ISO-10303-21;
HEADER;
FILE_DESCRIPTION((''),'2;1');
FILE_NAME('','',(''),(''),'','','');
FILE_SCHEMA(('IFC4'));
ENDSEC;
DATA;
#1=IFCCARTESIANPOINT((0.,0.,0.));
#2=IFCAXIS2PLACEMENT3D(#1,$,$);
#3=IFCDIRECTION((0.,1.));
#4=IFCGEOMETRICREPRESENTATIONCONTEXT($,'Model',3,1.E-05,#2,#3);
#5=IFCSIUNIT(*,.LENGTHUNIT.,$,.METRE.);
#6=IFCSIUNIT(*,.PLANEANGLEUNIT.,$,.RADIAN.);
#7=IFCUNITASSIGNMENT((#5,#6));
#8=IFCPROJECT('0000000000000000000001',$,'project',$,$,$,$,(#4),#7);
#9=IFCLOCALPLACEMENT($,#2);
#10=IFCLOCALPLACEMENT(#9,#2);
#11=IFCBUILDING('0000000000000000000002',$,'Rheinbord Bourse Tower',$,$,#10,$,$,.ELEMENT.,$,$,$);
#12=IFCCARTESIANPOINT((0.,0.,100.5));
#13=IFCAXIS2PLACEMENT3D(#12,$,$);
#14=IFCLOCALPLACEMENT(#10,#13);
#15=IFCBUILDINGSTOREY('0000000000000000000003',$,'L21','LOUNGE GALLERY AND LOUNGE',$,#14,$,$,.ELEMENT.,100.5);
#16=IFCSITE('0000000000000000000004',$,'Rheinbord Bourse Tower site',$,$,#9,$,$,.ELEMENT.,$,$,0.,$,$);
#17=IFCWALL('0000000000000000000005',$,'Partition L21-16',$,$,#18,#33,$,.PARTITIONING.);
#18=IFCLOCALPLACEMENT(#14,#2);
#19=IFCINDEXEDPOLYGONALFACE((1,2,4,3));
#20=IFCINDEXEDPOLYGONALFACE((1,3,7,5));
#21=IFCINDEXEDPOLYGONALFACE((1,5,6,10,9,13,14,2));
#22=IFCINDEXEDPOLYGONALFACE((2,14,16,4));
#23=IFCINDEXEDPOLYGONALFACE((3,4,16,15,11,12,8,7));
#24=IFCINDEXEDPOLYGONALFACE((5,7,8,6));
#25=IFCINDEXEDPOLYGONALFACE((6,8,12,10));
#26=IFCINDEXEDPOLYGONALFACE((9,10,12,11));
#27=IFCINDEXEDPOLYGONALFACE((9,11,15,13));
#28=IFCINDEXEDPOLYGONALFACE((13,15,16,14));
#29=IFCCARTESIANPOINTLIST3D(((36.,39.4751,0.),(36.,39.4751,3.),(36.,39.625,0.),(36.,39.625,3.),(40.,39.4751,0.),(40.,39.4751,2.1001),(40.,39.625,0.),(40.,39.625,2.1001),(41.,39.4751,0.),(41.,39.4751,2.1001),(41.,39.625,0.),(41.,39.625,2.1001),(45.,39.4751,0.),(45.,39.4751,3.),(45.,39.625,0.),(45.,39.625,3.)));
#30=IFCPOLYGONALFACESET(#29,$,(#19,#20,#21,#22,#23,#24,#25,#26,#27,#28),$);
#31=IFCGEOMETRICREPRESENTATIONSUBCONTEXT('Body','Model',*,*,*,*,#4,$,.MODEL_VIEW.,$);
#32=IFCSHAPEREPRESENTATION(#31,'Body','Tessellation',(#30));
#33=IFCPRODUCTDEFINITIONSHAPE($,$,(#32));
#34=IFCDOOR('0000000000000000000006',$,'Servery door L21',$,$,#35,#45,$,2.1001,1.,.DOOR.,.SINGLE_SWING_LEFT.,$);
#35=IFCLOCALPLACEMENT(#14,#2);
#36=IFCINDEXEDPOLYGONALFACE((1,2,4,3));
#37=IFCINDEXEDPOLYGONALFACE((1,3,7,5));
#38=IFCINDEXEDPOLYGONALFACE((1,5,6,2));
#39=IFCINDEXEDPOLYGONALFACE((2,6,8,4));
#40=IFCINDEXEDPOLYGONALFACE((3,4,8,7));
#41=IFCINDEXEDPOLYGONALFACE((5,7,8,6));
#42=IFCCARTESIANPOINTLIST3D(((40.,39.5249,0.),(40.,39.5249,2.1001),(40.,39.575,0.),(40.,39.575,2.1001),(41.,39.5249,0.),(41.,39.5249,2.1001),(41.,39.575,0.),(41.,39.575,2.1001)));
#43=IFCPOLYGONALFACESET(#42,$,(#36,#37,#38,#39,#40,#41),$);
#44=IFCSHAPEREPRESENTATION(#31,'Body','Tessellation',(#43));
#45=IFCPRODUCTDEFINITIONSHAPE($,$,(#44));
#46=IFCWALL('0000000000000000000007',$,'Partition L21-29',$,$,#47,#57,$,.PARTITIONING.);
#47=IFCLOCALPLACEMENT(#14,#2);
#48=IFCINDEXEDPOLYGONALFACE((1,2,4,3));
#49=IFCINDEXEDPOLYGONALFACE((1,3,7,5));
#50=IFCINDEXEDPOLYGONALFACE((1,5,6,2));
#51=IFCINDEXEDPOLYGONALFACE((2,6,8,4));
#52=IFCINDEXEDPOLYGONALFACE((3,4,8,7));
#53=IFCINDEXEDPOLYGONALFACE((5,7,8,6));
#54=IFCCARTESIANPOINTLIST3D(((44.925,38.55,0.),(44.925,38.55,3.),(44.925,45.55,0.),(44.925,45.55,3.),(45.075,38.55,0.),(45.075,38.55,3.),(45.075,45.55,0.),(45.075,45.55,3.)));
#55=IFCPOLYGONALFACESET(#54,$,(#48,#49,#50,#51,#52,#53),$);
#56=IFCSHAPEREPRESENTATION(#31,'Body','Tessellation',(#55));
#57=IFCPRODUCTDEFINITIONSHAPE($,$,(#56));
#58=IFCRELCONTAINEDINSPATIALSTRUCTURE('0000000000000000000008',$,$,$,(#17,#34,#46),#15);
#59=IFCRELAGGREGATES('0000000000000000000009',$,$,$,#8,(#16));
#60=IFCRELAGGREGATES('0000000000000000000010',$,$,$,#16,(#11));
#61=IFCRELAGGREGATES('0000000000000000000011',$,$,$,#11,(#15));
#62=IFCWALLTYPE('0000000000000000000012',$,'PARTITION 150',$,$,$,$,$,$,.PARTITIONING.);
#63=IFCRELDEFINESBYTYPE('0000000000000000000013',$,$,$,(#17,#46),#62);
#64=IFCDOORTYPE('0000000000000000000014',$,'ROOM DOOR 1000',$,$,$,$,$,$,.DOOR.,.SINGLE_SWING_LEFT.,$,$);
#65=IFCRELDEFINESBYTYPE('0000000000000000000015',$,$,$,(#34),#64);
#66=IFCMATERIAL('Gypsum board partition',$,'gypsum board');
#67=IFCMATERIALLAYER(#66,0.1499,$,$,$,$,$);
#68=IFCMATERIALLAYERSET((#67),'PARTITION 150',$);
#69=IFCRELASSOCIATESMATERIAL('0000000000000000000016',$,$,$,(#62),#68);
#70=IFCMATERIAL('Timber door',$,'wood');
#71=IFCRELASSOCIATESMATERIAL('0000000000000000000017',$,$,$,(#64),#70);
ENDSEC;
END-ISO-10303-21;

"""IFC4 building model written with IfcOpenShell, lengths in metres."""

from ifc_helpers import new_model, si_unit, direction, frame, frame_2d, origin, place, context, subcontext, project, spatial, rectangle, extrude, material, layer, layer_set, type_object, element, fill, save


model = new_model("IFC4")

# Units and contexts
model_context = context("Model", 3, precision=1e-05, world=origin(), true_north=direction((0.0, 1.0)))
body_context = subcontext(model_context, "Body", "Model", "MODEL_VIEW")
ifc_project = project(units=[si_unit("LENGTHUNIT", "METRE"), si_unit("PLANEANGLEUNIT", "RADIAN")], contexts=[model_context])

# Site, building, storey
site_placement = place(None, origin())
site = spatial("IfcSite", under=ifc_project, at=site_placement, Name="Rheinbord Bourse Tower site", CompositionType="ELEMENT", RefElevation=0.0)
building_placement = place(site_placement, origin())
building = spatial("IfcBuilding", under=site, at=building_placement, Name="Rheinbord Bourse Tower", CompositionType="ELEMENT")
storey_placement = place(building_placement, frame((0.0, 0.0, 100.5)))
storey = spatial("IfcBuildingStorey", under=building, at=storey_placement, Name="L21", Description="LOUNGE GALLERY AND LOUNGE", CompositionType="ELEMENT", Elevation=100.5)

# Wall, opening, door
ifc_material_1 = material(Name="Gypsum board partition", Category="gypsum board")
ifc_layer_1 = layer(ifc_material_1, 0.1499)
ifc_layer_set_1 = layer_set([ifc_layer_1], Name="PARTITION 150")
wall_type_1 = type_object("IfcWallType", Name="PARTITION 150", PredefinedType="PARTITIONING", material=ifc_layer_set_1)
wall_1_placement = place(storey_placement, frame((36.0, 39.55, 0.0), z_axis=(0.0, 0.0, 1.0), x_axis=(1.0, 0.0, 0.0)))
wall_1 = element("IfcWall", 1, at=wall_1_placement, inside=storey, type_object=wall_type_1, Name="Partition L21-16", PredefinedType="PARTITIONING", context=body_context, shape_type="SweptSolid", body=[
    extrude(rectangle(XDim=9.0, YDim=0.1499, at=frame_2d((4.5, 0.0))), origin(), (0.0, 0.0, 1.0), 3.0),
])
opening_1_placement = place(wall_1_placement, frame((4.0, 0.0, 0.0)))
opening_1 = element("IfcOpeningElement", 2, at=opening_1_placement, cuts=wall_1, PredefinedType="OPENING", context=body_context, shape_type="SweptSolid", body=[
    extrude(rectangle(XDim=1.0, YDim=2.1001, at=frame_2d((0.5, 1.05))), frame((0.0, 0.085, 0.0), z_axis=(0.0, -1.0, 0.0), x_axis=(1.0, 0.0, 0.0)), (0.0, 0.0, 1.0), 0.1699),
])
ifc_material_2 = material(Name="Timber door", Category="wood")
door_type_1 = type_object("IfcDoorType", Name="ROOM DOOR 1000", OperationType="SINGLE_SWING_LEFT", PredefinedType="DOOR", material=ifc_material_2)
door_1_placement = place(opening_1_placement, origin())
door_1 = element("IfcDoor", 3, at=door_1_placement, inside=storey, type_object=door_type_1, Name="Servery door L21", OperationType="SINGLE_SWING_LEFT", OverallHeight=2.1001, OverallWidth=1.0, PredefinedType="DOOR", context=body_context, shape_type="SweptSolid", body=[
    extrude(rectangle(XDim=1.0, YDim=2.1001, at=frame_2d((0.5, 1.05))), frame((0.0, 0.0249, 0.0), z_axis=(0.0, -1.0, 0.0), x_axis=(1.0, 0.0, 0.0)), (0.0, 0.0, 1.0), 0.05),
])
fill(opening_1, door_1)

# Wall
wall_2_placement = place(storey_placement, frame((45.0, 38.55, 0.0), z_axis=(0.0, 0.0, 1.0), x_axis=(0.0, 1.0, 0.0)))
element("IfcWall", 4, at=wall_2_placement, inside=storey, type_object=wall_type_1, Name="Partition L21-29", PredefinedType="PARTITIONING", context=body_context, shape_type="SweptSolid", body=[
    extrude(rectangle(XDim=7.0, YDim=0.1499, at=frame_2d((3.5, 0.0))), origin(), (0.0, 0.0, 1.0), 3.0),
])

save(model, "model.ifc")
